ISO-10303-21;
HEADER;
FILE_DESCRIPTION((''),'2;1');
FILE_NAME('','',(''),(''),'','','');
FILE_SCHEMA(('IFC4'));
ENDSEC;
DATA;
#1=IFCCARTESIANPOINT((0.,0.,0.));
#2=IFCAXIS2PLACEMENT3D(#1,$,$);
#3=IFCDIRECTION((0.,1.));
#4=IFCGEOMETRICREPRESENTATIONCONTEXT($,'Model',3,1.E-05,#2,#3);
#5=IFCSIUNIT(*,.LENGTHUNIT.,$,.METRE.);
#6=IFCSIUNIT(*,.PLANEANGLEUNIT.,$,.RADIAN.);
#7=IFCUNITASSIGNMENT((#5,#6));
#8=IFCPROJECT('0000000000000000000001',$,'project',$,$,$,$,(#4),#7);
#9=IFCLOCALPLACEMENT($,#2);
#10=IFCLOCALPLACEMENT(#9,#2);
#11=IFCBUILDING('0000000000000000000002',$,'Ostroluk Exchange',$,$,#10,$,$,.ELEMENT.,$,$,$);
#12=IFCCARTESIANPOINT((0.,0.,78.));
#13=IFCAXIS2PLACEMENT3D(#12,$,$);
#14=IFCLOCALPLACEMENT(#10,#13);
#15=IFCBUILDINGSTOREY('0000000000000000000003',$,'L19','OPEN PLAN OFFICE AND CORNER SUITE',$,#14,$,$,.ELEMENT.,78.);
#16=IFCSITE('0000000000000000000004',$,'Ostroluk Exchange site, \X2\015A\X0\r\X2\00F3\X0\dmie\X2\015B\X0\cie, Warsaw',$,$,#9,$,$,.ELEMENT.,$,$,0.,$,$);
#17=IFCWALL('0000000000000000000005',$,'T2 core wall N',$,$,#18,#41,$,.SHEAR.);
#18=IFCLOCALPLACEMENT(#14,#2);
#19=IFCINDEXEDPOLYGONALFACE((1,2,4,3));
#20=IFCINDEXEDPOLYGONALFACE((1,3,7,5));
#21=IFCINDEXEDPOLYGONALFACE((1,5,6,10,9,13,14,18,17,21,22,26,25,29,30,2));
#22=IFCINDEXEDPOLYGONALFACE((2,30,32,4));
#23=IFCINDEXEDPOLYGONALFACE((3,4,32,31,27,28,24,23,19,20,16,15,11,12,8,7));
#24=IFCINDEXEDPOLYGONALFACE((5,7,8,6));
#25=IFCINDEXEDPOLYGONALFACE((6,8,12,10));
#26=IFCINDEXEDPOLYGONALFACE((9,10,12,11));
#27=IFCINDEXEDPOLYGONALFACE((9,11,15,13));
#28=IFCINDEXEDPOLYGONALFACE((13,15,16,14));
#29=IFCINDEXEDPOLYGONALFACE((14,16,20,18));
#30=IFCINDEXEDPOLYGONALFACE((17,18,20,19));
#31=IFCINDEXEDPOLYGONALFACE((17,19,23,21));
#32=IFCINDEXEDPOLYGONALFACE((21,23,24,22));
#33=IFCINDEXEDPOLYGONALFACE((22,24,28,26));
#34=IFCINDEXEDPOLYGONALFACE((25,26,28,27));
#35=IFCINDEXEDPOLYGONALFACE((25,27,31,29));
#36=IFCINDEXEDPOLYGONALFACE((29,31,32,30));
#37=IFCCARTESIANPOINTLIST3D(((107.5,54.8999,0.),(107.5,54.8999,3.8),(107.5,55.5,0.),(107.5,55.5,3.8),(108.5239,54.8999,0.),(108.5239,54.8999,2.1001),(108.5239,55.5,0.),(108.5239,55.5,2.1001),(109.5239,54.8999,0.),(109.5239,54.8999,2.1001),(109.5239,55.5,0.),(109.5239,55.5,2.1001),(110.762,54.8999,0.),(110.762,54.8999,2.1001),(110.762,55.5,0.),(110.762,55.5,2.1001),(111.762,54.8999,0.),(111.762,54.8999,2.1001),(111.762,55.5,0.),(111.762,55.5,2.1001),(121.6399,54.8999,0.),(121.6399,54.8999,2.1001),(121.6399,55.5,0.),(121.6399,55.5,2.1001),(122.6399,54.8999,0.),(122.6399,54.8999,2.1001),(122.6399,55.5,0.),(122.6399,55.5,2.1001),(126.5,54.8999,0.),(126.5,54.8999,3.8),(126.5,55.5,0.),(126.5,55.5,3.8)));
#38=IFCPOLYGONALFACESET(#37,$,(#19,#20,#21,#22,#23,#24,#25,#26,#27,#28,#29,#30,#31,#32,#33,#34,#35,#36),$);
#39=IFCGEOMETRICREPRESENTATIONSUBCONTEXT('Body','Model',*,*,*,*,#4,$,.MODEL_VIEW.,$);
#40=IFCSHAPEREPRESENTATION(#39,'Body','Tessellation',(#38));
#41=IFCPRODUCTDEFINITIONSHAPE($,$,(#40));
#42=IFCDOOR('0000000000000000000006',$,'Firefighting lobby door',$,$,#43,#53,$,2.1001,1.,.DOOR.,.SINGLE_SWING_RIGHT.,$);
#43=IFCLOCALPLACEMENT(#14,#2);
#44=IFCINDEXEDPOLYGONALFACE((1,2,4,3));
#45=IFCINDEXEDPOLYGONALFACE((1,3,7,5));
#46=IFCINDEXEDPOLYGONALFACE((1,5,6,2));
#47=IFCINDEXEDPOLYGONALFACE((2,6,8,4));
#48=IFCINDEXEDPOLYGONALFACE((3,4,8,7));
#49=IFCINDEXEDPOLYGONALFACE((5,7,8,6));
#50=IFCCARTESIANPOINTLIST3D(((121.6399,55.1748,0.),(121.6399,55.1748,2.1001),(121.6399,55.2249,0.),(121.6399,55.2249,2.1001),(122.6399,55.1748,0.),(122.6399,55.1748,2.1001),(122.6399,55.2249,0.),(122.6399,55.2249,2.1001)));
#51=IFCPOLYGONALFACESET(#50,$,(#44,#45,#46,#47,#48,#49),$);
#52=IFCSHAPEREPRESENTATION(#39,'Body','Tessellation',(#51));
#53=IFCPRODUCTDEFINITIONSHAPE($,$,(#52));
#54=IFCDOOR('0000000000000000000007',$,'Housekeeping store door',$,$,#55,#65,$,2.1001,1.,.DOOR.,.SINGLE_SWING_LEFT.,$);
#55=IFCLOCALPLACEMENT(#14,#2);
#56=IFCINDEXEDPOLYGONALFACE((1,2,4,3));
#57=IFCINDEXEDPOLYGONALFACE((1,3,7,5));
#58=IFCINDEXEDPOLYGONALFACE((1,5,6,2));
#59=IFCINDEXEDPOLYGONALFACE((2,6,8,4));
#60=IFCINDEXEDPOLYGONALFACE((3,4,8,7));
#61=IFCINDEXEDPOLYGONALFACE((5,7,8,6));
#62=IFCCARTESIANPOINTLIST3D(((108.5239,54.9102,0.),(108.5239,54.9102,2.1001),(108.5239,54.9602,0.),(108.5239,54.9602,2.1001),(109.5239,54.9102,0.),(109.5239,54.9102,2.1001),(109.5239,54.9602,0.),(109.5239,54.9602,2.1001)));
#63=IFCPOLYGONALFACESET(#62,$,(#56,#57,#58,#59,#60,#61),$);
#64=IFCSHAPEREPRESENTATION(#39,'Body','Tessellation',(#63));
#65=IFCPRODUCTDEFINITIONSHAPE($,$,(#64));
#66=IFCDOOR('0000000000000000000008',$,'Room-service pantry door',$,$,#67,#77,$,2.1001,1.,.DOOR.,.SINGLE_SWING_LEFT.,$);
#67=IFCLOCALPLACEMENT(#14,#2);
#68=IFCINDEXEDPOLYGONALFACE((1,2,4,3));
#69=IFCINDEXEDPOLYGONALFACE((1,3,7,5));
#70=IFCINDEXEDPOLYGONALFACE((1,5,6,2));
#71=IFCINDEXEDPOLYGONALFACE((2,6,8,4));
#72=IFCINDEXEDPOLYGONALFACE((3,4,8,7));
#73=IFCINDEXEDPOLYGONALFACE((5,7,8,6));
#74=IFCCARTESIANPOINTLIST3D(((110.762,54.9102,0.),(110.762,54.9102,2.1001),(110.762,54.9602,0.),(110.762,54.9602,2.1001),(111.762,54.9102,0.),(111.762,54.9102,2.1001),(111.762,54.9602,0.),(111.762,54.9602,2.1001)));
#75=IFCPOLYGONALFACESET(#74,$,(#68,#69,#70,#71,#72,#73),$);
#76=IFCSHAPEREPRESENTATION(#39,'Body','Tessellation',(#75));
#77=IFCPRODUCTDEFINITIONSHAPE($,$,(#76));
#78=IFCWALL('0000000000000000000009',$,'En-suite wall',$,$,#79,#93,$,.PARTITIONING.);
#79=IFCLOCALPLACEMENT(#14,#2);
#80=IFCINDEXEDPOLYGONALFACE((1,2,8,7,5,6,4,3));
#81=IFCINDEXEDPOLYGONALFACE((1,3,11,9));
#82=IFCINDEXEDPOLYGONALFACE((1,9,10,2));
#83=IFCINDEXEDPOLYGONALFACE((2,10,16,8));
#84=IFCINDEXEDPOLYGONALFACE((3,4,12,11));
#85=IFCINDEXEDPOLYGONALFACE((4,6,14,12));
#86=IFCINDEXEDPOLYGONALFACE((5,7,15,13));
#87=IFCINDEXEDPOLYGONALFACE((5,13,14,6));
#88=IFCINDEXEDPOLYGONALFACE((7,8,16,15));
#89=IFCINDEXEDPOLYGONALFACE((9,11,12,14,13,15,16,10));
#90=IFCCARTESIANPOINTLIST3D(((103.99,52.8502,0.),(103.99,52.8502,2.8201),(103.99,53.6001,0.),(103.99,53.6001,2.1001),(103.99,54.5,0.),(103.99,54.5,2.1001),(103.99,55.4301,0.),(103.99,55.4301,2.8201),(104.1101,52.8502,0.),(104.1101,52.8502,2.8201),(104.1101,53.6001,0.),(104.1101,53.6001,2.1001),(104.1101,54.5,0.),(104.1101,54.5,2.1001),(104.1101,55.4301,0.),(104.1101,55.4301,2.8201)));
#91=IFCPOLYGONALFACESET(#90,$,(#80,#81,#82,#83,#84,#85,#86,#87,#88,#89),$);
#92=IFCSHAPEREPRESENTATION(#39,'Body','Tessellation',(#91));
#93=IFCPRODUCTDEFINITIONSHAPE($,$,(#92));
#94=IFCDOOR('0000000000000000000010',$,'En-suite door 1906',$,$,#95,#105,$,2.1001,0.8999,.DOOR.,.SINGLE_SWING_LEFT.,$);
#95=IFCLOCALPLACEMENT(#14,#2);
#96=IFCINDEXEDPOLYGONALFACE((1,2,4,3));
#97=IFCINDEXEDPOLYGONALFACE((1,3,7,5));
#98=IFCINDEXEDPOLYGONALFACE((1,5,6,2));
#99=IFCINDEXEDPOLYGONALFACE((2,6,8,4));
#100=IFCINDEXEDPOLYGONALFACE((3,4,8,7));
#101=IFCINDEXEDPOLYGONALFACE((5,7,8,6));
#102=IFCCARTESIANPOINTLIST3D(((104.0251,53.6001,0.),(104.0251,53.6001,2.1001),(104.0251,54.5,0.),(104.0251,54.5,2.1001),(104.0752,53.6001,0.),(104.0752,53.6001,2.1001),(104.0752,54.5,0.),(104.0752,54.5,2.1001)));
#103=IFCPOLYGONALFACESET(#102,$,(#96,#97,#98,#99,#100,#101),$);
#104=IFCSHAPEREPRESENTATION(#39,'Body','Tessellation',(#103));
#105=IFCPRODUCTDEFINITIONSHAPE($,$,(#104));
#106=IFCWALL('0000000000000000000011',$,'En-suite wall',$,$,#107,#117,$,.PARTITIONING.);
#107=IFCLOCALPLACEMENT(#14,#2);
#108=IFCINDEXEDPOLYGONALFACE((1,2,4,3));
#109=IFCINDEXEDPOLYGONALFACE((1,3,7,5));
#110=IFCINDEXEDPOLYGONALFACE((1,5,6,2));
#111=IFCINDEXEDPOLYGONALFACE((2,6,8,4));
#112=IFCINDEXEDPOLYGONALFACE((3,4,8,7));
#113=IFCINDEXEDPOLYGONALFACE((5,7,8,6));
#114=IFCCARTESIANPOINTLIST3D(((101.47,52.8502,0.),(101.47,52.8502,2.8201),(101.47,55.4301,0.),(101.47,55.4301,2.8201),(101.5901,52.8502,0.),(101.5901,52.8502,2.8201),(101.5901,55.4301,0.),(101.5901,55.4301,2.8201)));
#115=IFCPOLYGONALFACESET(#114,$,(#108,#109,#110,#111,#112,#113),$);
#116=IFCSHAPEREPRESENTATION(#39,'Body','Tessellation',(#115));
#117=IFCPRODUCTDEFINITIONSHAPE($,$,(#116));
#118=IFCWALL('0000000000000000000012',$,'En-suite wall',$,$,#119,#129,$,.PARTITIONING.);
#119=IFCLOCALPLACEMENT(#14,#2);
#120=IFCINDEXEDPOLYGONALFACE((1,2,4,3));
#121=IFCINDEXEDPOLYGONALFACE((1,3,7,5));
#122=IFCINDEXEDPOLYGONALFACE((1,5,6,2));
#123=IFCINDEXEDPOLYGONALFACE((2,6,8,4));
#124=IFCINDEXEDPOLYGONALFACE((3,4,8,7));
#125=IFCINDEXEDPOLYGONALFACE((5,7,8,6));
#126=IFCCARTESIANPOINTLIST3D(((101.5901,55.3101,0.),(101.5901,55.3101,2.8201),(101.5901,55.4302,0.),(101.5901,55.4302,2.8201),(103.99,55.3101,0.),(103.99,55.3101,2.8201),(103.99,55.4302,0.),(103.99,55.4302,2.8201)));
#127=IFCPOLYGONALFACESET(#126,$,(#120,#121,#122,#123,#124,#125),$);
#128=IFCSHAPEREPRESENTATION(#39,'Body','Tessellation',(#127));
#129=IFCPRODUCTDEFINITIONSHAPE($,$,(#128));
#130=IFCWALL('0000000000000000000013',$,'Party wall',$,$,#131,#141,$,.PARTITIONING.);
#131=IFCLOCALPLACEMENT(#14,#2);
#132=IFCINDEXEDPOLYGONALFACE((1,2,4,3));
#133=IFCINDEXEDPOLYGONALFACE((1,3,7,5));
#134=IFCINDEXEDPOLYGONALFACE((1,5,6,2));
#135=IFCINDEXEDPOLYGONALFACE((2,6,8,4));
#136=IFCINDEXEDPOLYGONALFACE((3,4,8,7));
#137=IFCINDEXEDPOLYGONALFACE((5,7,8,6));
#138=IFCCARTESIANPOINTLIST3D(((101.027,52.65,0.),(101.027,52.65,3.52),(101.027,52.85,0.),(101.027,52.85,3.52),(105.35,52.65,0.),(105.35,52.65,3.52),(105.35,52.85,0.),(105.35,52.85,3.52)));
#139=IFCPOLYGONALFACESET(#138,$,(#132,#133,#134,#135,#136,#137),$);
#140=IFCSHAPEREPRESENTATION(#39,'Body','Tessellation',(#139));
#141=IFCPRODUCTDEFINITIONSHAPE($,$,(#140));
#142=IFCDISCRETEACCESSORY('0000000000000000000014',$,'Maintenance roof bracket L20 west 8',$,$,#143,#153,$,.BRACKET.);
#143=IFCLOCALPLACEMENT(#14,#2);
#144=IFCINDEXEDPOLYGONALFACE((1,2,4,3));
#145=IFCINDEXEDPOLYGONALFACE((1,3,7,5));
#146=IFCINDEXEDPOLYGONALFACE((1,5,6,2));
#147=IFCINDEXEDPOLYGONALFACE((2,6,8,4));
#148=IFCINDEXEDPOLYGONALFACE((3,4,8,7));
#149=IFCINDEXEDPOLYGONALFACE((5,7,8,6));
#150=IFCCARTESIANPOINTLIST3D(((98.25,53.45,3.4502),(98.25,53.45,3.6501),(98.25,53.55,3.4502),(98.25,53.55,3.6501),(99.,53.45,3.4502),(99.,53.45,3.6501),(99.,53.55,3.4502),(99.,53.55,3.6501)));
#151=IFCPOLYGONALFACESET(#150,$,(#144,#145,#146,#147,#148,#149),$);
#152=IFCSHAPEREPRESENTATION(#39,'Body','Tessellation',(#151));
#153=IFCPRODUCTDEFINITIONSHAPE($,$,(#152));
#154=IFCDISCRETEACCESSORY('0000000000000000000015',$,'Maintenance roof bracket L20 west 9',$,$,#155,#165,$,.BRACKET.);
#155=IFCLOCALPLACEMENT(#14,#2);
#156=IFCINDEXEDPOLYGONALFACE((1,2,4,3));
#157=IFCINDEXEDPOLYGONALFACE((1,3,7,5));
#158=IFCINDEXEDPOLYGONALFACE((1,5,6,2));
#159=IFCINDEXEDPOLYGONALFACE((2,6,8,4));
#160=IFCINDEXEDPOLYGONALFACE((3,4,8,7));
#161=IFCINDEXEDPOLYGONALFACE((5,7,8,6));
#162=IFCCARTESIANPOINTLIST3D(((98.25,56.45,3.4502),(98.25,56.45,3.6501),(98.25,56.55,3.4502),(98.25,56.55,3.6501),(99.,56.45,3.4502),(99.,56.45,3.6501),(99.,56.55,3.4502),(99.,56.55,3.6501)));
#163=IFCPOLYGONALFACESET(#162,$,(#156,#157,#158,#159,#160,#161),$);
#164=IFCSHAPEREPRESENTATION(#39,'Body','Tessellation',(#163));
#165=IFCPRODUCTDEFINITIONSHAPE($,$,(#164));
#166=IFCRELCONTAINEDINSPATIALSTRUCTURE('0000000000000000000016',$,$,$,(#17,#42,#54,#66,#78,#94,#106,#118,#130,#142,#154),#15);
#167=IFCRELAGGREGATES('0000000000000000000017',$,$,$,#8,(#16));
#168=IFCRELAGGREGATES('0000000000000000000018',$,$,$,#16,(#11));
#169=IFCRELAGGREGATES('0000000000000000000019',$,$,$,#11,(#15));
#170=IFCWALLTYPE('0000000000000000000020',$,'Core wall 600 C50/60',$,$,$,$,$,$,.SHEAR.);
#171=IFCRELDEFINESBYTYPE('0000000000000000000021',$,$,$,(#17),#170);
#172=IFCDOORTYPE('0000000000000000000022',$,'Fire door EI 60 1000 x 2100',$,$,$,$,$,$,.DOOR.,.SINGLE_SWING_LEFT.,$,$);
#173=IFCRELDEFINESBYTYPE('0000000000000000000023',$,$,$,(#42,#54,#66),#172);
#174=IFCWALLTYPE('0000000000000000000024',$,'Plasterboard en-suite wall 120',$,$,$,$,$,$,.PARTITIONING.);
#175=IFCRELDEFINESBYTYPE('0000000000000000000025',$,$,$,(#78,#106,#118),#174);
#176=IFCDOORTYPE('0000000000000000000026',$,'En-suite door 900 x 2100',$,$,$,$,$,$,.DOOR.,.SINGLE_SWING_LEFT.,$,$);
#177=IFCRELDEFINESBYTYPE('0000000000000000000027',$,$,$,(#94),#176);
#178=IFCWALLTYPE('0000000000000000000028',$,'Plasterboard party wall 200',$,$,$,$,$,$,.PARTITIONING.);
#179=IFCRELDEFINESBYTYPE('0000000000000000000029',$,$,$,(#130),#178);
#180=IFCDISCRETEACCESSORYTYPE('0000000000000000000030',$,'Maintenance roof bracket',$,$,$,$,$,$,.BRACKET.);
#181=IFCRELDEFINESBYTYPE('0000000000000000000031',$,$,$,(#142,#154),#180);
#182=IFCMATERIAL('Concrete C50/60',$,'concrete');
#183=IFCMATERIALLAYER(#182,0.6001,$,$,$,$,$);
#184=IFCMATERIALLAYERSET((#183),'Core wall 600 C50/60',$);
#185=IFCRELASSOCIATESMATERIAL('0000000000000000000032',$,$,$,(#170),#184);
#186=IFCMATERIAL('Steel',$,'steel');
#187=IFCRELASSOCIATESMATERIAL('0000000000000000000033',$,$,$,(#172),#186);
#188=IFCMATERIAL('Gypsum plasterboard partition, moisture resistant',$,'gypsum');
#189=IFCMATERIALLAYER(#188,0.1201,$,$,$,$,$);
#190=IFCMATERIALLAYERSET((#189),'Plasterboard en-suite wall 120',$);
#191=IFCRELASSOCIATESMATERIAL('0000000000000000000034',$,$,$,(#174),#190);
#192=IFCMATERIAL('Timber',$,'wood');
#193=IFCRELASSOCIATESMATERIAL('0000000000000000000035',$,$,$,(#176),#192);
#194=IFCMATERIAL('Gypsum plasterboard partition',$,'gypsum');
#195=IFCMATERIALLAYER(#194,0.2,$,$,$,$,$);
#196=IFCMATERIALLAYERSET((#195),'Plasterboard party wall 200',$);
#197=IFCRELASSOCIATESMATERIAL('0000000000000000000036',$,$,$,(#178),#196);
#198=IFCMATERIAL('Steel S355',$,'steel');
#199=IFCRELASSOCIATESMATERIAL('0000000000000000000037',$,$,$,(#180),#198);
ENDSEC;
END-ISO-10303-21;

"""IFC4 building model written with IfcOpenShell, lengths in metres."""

from ifc_helpers import new_model, si_unit, direction, frame, frame_2d, origin, origin_2d, place, context, subcontext, project, spatial, rectangle, extrude, material, layer, layer_set, type_object, element, fill, save


model = new_model("IFC4")

# Units and contexts
model_context = context("Model", 3, precision=1e-05, world=origin(), true_north=direction((0.0, 1.0)))
body_context = subcontext(model_context, "Body", "Model", "MODEL_VIEW")
ifc_project = project(units=[si_unit("LENGTHUNIT", "METRE"), si_unit("PLANEANGLEUNIT", "RADIAN")], contexts=[model_context])

# Site, building, storey
site_placement = place(None, origin())
site = spatial("IfcSite", under=ifc_project, at=site_placement, Name="Ostroluk Exchange site, Śródmieście, Warsaw", CompositionType="ELEMENT", RefElevation=0.0)
building_placement = place(site_placement, origin())
building = spatial("IfcBuilding", under=site, at=building_placement, Name="Ostroluk Exchange", CompositionType="ELEMENT")
storey_placement = place(building_placement, frame((0.0, 0.0, 78.0)))
storey = spatial("IfcBuildingStorey", under=building, at=storey_placement, Name="L19", Description="OPEN PLAN OFFICE AND CORNER SUITE", CompositionType="ELEMENT", Elevation=78.0)

# Wall, openings, doors
ifc_material_1 = material(Name="Concrete C50/60", Category="concrete")
ifc_layer_1 = layer(ifc_material_1, 0.6001)
ifc_layer_set_1 = layer_set([ifc_layer_1], Name="Core wall 600 C50/60")
wall_type_1 = type_object("IfcWallType", Name="Core wall 600 C50/60", PredefinedType="SHEAR", material=ifc_layer_set_1)
wall_1_placement = place(storey_placement, frame((107.5, 55.2, 0.0), z_axis=(0.0, 0.0, 1.0), x_axis=(1.0, 0.0, 0.0)))
wall_1 = element("IfcWall", 1, at=wall_1_placement, inside=storey, type_object=wall_type_1, Name="T2 core wall N", PredefinedType="SHEAR", context=body_context, shape_type="SweptSolid", body=[
    extrude(rectangle(XDim=19.0, YDim=0.6001, at=frame_2d((9.5, 0.0))), origin(), (0.0, 0.0, 1.0), 3.8),
])
opening_1_placement = place(wall_1_placement, frame((14.1399, 0.0, 0.0)))
opening_1 = element("IfcOpeningElement", 2, at=opening_1_placement, cuts=wall_1, PredefinedType="OPENING", context=body_context, shape_type="SweptSolid", body=[
    extrude(rectangle(XDim=1.0, YDim=2.1001, at=frame_2d((0.5, 1.05))), frame((0.0, 0.3101, 0.0), z_axis=(0.0, -1.0, 0.0), x_axis=(1.0, 0.0, 0.0)), (0.0, 0.0, 1.0), 0.6201),
])
opening_2_placement = place(wall_1_placement, frame((1.0239, 0.0, 0.0)))
opening_2 = element("IfcOpeningElement", 3, at=opening_2_placement, cuts=wall_1, PredefinedType="OPENING", context=body_context, shape_type="SweptSolid", body=[
    extrude(rectangle(XDim=1.0, YDim=2.1001, at=frame_2d((0.5, 1.05))), frame((0.0, 0.3101, 0.0), z_axis=(0.0, -1.0, 0.0), x_axis=(1.0, 0.0, 0.0)), (0.0, 0.0, 1.0), 0.6201),
])
opening_3_placement = place(wall_1_placement, frame((3.262, 0.0, 0.0)))
opening_3 = element("IfcOpeningElement", 4, at=opening_3_placement, cuts=wall_1, PredefinedType="OPENING", context=body_context, shape_type="SweptSolid", body=[
    extrude(rectangle(XDim=1.0, YDim=2.1001, at=frame_2d((0.5, 1.05))), frame((0.0, 0.3101, 0.0), z_axis=(0.0, -1.0, 0.0), x_axis=(1.0, 0.0, 0.0)), (0.0, 0.0, 1.0), 0.6201),
])
ifc_material_2 = material(Name="Steel", Category="steel")
door_type_1 = type_object("IfcDoorType", Name="Fire door EI 60 1000 x 2100", OperationType="SINGLE_SWING_LEFT", PredefinedType="DOOR", material=ifc_material_2)
door_1_placement = place(opening_1_placement, origin())
door_1 = element("IfcDoor", 5, at=door_1_placement, inside=storey, type_object=door_type_1, Name="Firefighting lobby door", OperationType="SINGLE_SWING_RIGHT", OverallHeight=2.1001, OverallWidth=1.0, PredefinedType="DOOR", context=body_context, shape_type="SweptSolid", body=[
    extrude(rectangle(XDim=1.0, YDim=2.1001, at=frame_2d((0.5, 1.05))), frame((0.0, 0.0249, 0.0), z_axis=(0.0, -1.0, 0.0), x_axis=(1.0, 0.0, 0.0)), (0.0, 0.0, 1.0), 0.05),
])
fill(opening_1, door_1)
door_2_placement = place(opening_2_placement, origin())
door_2 = element("IfcDoor", 6, at=door_2_placement, inside=storey, type_object=door_type_1, Name="Housekeeping store door", OperationType="SINGLE_SWING_LEFT", OverallHeight=2.1001, OverallWidth=1.0, PredefinedType="DOOR", context=body_context, shape_type="SweptSolid", body=[
    extrude(rectangle(XDim=1.0, YDim=2.1001, at=frame_2d((0.5, 1.05))), frame((0.0, -0.2397, 0.0), z_axis=(0.0, -1.0, 0.0), x_axis=(1.0, 0.0, 0.0)), (0.0, 0.0, 1.0), 0.05),
])
fill(opening_2, door_2)
door_3_placement = place(opening_3_placement, origin())
door_3 = element("IfcDoor", 7, at=door_3_placement, inside=storey, type_object=door_type_1, Name="Room-service pantry door", OperationType="SINGLE_SWING_LEFT", OverallHeight=2.1001, OverallWidth=1.0, PredefinedType="DOOR", context=body_context, shape_type="SweptSolid", body=[
    extrude(rectangle(XDim=1.0, YDim=2.1001, at=frame_2d((0.5, 1.05))), frame((0.0, -0.2397, 0.0), z_axis=(0.0, -1.0, 0.0), x_axis=(1.0, 0.0, 0.0)), (0.0, 0.0, 1.0), 0.05),
])
fill(opening_3, door_3)

# Wall, opening, door
ifc_material_3 = material(Name="Gypsum plasterboard partition, moisture resistant", Category="gypsum")
ifc_layer_2 = layer(ifc_material_3, 0.1201)
ifc_layer_set_2 = layer_set([ifc_layer_2], Name="Plasterboard en-suite wall 120")
wall_type_2 = type_object("IfcWallType", Name="Plasterboard en-suite wall 120", PredefinedType="PARTITIONING", material=ifc_layer_set_2)
wall_2_placement = place(storey_placement, frame((104.05, 52.8501, 0.0), z_axis=(0.0, 0.0, 1.0), x_axis=(0.0, 1.0, 0.0)))
wall_2 = element("IfcWall", 8, at=wall_2_placement, inside=storey, type_object=wall_type_2, Name="En-suite wall", PredefinedType="PARTITIONING", context=body_context, shape_type="SweptSolid", body=[
    extrude(rectangle(XDim=2.5798, YDim=0.1201, at=frame_2d((1.29, 0.0))), origin(), (0.0, 0.0, 1.0), 2.8201),
])
opening_4_placement = place(wall_2_placement, frame((0.75, 0.0, 0.0)))
opening_4 = element("IfcOpeningElement", 9, at=opening_4_placement, cuts=wall_2, PredefinedType="OPENING", context=body_context, shape_type="SweptSolid", body=[
    extrude(rectangle(XDim=0.8999, YDim=2.1001, at=frame_2d((0.45, 1.05))), frame((0.0, 0.0701, 0.0), z_axis=(0.0, -1.0, 0.0), x_axis=(1.0, 0.0, 0.0)), (0.0, 0.0, 1.0), 0.1401),
])
ifc_material_4 = material(Name="Timber", Category="wood")
door_type_2 = type_object("IfcDoorType", Name="En-suite door 900 x 2100", OperationType="SINGLE_SWING_LEFT", PredefinedType="DOOR", material=ifc_material_4)
door_4_placement = place(opening_4_placement, origin())
door_4 = element("IfcDoor", 10, at=door_4_placement, inside=storey, type_object=door_type_2, Name="En-suite door 1906", OperationType="SINGLE_SWING_LEFT", OverallHeight=2.1001, OverallWidth=0.8999, PredefinedType="DOOR", context=body_context, shape_type="SweptSolid", body=[
    extrude(rectangle(XDim=0.8999, YDim=2.1001, at=frame_2d((0.45, 1.05))), frame((0.0, 0.0249, 0.0), z_axis=(0.0, -1.0, 0.0), x_axis=(1.0, 0.0, 0.0)), (0.0, 0.0, 1.0), 0.05),
])
fill(opening_4, door_4)

# Walls
wall_3_placement = place(storey_placement, frame((101.53, 52.8501, 0.0), z_axis=(0.0, 0.0, 1.0), x_axis=(0.0, 1.0, 0.0)))
element("IfcWall", 11, at=wall_3_placement, inside=storey, type_object=wall_type_2, Name="En-suite wall", PredefinedType="PARTITIONING", context=body_context, shape_type="SweptSolid", body=[
    extrude(rectangle(XDim=2.5798, YDim=0.1201, at=frame_2d((1.29, 0.0))), origin(), (0.0, 0.0, 1.0), 2.8201),
])
wall_4_placement = place(storey_placement, frame((103.99, 55.3701, 0.0), z_axis=(0.0, 0.0, 1.0), x_axis=(-1.0, 0.0, 0.0)))
element("IfcWall", 12, at=wall_4_placement, inside=storey, type_object=wall_type_2, Name="En-suite wall", PredefinedType="PARTITIONING", context=body_context, shape_type="SweptSolid", body=[
    extrude(rectangle(XDim=2.3999, YDim=0.1201, at=frame_2d((1.2, 0.0))), origin(), (0.0, 0.0, 1.0), 2.8201),
])
ifc_material_5 = material(Name="Gypsum plasterboard partition", Category="gypsum")
ifc_layer_3 = layer(ifc_material_5, 0.2)
ifc_layer_set_3 = layer_set([ifc_layer_3], Name="Plasterboard party wall 200")
wall_type_3 = type_object("IfcWallType", Name="Plasterboard party wall 200", PredefinedType="PARTITIONING", material=ifc_layer_set_3)
wall_5_placement = place(storey_placement, frame((105.3501, 52.75, 0.0), z_axis=(0.0, 0.0, 1.0), x_axis=(-1.0, 0.0, 0.0)))
element("IfcWall", 13, at=wall_5_placement, inside=storey, type_object=wall_type_3, Name="Party wall", PredefinedType="PARTITIONING", context=body_context, shape_type="SweptSolid", body=[
    extrude(rectangle(XDim=4.323, YDim=0.2, at=frame_2d((2.1616, 0.0))), origin(), (0.0, 0.0, 1.0), 3.52),
])

# Discrete accessories
ifc_material_6 = material(Name="Steel S355", Category="steel")
discrete_accessory_type = type_object("IfcDiscreteAccessoryType", Name="Maintenance roof bracket", PredefinedType="BRACKET", material=ifc_material_6)
for number, where, z_axis, x_axis, name in (
    (14, (98.625, 53.5, 3.4502), (0.0, 0.0, 1.0), (1.0, 0.0, 0.0), "Maintenance roof bracket L20 west 8"),
    (15, (98.625, 56.5, 3.4502), (0.0, 0.0, 1.0), (1.0, 0.0, 0.0), "Maintenance roof bracket L20 west 9"),
):
    element("IfcDiscreteAccessory", number, at=place(storey_placement, frame(where, z_axis=z_axis, x_axis=x_axis)), inside=storey, type_object=discrete_accessory_type, Name=name, PredefinedType="BRACKET", context=body_context, shape_type="SweptSolid", body=[
        extrude(rectangle(XDim=0.75, YDim=0.1001, at=origin_2d()), origin(), (0.0, 0.0, 1.0), 0.2),
    ])

save(model, "model.ifc")
